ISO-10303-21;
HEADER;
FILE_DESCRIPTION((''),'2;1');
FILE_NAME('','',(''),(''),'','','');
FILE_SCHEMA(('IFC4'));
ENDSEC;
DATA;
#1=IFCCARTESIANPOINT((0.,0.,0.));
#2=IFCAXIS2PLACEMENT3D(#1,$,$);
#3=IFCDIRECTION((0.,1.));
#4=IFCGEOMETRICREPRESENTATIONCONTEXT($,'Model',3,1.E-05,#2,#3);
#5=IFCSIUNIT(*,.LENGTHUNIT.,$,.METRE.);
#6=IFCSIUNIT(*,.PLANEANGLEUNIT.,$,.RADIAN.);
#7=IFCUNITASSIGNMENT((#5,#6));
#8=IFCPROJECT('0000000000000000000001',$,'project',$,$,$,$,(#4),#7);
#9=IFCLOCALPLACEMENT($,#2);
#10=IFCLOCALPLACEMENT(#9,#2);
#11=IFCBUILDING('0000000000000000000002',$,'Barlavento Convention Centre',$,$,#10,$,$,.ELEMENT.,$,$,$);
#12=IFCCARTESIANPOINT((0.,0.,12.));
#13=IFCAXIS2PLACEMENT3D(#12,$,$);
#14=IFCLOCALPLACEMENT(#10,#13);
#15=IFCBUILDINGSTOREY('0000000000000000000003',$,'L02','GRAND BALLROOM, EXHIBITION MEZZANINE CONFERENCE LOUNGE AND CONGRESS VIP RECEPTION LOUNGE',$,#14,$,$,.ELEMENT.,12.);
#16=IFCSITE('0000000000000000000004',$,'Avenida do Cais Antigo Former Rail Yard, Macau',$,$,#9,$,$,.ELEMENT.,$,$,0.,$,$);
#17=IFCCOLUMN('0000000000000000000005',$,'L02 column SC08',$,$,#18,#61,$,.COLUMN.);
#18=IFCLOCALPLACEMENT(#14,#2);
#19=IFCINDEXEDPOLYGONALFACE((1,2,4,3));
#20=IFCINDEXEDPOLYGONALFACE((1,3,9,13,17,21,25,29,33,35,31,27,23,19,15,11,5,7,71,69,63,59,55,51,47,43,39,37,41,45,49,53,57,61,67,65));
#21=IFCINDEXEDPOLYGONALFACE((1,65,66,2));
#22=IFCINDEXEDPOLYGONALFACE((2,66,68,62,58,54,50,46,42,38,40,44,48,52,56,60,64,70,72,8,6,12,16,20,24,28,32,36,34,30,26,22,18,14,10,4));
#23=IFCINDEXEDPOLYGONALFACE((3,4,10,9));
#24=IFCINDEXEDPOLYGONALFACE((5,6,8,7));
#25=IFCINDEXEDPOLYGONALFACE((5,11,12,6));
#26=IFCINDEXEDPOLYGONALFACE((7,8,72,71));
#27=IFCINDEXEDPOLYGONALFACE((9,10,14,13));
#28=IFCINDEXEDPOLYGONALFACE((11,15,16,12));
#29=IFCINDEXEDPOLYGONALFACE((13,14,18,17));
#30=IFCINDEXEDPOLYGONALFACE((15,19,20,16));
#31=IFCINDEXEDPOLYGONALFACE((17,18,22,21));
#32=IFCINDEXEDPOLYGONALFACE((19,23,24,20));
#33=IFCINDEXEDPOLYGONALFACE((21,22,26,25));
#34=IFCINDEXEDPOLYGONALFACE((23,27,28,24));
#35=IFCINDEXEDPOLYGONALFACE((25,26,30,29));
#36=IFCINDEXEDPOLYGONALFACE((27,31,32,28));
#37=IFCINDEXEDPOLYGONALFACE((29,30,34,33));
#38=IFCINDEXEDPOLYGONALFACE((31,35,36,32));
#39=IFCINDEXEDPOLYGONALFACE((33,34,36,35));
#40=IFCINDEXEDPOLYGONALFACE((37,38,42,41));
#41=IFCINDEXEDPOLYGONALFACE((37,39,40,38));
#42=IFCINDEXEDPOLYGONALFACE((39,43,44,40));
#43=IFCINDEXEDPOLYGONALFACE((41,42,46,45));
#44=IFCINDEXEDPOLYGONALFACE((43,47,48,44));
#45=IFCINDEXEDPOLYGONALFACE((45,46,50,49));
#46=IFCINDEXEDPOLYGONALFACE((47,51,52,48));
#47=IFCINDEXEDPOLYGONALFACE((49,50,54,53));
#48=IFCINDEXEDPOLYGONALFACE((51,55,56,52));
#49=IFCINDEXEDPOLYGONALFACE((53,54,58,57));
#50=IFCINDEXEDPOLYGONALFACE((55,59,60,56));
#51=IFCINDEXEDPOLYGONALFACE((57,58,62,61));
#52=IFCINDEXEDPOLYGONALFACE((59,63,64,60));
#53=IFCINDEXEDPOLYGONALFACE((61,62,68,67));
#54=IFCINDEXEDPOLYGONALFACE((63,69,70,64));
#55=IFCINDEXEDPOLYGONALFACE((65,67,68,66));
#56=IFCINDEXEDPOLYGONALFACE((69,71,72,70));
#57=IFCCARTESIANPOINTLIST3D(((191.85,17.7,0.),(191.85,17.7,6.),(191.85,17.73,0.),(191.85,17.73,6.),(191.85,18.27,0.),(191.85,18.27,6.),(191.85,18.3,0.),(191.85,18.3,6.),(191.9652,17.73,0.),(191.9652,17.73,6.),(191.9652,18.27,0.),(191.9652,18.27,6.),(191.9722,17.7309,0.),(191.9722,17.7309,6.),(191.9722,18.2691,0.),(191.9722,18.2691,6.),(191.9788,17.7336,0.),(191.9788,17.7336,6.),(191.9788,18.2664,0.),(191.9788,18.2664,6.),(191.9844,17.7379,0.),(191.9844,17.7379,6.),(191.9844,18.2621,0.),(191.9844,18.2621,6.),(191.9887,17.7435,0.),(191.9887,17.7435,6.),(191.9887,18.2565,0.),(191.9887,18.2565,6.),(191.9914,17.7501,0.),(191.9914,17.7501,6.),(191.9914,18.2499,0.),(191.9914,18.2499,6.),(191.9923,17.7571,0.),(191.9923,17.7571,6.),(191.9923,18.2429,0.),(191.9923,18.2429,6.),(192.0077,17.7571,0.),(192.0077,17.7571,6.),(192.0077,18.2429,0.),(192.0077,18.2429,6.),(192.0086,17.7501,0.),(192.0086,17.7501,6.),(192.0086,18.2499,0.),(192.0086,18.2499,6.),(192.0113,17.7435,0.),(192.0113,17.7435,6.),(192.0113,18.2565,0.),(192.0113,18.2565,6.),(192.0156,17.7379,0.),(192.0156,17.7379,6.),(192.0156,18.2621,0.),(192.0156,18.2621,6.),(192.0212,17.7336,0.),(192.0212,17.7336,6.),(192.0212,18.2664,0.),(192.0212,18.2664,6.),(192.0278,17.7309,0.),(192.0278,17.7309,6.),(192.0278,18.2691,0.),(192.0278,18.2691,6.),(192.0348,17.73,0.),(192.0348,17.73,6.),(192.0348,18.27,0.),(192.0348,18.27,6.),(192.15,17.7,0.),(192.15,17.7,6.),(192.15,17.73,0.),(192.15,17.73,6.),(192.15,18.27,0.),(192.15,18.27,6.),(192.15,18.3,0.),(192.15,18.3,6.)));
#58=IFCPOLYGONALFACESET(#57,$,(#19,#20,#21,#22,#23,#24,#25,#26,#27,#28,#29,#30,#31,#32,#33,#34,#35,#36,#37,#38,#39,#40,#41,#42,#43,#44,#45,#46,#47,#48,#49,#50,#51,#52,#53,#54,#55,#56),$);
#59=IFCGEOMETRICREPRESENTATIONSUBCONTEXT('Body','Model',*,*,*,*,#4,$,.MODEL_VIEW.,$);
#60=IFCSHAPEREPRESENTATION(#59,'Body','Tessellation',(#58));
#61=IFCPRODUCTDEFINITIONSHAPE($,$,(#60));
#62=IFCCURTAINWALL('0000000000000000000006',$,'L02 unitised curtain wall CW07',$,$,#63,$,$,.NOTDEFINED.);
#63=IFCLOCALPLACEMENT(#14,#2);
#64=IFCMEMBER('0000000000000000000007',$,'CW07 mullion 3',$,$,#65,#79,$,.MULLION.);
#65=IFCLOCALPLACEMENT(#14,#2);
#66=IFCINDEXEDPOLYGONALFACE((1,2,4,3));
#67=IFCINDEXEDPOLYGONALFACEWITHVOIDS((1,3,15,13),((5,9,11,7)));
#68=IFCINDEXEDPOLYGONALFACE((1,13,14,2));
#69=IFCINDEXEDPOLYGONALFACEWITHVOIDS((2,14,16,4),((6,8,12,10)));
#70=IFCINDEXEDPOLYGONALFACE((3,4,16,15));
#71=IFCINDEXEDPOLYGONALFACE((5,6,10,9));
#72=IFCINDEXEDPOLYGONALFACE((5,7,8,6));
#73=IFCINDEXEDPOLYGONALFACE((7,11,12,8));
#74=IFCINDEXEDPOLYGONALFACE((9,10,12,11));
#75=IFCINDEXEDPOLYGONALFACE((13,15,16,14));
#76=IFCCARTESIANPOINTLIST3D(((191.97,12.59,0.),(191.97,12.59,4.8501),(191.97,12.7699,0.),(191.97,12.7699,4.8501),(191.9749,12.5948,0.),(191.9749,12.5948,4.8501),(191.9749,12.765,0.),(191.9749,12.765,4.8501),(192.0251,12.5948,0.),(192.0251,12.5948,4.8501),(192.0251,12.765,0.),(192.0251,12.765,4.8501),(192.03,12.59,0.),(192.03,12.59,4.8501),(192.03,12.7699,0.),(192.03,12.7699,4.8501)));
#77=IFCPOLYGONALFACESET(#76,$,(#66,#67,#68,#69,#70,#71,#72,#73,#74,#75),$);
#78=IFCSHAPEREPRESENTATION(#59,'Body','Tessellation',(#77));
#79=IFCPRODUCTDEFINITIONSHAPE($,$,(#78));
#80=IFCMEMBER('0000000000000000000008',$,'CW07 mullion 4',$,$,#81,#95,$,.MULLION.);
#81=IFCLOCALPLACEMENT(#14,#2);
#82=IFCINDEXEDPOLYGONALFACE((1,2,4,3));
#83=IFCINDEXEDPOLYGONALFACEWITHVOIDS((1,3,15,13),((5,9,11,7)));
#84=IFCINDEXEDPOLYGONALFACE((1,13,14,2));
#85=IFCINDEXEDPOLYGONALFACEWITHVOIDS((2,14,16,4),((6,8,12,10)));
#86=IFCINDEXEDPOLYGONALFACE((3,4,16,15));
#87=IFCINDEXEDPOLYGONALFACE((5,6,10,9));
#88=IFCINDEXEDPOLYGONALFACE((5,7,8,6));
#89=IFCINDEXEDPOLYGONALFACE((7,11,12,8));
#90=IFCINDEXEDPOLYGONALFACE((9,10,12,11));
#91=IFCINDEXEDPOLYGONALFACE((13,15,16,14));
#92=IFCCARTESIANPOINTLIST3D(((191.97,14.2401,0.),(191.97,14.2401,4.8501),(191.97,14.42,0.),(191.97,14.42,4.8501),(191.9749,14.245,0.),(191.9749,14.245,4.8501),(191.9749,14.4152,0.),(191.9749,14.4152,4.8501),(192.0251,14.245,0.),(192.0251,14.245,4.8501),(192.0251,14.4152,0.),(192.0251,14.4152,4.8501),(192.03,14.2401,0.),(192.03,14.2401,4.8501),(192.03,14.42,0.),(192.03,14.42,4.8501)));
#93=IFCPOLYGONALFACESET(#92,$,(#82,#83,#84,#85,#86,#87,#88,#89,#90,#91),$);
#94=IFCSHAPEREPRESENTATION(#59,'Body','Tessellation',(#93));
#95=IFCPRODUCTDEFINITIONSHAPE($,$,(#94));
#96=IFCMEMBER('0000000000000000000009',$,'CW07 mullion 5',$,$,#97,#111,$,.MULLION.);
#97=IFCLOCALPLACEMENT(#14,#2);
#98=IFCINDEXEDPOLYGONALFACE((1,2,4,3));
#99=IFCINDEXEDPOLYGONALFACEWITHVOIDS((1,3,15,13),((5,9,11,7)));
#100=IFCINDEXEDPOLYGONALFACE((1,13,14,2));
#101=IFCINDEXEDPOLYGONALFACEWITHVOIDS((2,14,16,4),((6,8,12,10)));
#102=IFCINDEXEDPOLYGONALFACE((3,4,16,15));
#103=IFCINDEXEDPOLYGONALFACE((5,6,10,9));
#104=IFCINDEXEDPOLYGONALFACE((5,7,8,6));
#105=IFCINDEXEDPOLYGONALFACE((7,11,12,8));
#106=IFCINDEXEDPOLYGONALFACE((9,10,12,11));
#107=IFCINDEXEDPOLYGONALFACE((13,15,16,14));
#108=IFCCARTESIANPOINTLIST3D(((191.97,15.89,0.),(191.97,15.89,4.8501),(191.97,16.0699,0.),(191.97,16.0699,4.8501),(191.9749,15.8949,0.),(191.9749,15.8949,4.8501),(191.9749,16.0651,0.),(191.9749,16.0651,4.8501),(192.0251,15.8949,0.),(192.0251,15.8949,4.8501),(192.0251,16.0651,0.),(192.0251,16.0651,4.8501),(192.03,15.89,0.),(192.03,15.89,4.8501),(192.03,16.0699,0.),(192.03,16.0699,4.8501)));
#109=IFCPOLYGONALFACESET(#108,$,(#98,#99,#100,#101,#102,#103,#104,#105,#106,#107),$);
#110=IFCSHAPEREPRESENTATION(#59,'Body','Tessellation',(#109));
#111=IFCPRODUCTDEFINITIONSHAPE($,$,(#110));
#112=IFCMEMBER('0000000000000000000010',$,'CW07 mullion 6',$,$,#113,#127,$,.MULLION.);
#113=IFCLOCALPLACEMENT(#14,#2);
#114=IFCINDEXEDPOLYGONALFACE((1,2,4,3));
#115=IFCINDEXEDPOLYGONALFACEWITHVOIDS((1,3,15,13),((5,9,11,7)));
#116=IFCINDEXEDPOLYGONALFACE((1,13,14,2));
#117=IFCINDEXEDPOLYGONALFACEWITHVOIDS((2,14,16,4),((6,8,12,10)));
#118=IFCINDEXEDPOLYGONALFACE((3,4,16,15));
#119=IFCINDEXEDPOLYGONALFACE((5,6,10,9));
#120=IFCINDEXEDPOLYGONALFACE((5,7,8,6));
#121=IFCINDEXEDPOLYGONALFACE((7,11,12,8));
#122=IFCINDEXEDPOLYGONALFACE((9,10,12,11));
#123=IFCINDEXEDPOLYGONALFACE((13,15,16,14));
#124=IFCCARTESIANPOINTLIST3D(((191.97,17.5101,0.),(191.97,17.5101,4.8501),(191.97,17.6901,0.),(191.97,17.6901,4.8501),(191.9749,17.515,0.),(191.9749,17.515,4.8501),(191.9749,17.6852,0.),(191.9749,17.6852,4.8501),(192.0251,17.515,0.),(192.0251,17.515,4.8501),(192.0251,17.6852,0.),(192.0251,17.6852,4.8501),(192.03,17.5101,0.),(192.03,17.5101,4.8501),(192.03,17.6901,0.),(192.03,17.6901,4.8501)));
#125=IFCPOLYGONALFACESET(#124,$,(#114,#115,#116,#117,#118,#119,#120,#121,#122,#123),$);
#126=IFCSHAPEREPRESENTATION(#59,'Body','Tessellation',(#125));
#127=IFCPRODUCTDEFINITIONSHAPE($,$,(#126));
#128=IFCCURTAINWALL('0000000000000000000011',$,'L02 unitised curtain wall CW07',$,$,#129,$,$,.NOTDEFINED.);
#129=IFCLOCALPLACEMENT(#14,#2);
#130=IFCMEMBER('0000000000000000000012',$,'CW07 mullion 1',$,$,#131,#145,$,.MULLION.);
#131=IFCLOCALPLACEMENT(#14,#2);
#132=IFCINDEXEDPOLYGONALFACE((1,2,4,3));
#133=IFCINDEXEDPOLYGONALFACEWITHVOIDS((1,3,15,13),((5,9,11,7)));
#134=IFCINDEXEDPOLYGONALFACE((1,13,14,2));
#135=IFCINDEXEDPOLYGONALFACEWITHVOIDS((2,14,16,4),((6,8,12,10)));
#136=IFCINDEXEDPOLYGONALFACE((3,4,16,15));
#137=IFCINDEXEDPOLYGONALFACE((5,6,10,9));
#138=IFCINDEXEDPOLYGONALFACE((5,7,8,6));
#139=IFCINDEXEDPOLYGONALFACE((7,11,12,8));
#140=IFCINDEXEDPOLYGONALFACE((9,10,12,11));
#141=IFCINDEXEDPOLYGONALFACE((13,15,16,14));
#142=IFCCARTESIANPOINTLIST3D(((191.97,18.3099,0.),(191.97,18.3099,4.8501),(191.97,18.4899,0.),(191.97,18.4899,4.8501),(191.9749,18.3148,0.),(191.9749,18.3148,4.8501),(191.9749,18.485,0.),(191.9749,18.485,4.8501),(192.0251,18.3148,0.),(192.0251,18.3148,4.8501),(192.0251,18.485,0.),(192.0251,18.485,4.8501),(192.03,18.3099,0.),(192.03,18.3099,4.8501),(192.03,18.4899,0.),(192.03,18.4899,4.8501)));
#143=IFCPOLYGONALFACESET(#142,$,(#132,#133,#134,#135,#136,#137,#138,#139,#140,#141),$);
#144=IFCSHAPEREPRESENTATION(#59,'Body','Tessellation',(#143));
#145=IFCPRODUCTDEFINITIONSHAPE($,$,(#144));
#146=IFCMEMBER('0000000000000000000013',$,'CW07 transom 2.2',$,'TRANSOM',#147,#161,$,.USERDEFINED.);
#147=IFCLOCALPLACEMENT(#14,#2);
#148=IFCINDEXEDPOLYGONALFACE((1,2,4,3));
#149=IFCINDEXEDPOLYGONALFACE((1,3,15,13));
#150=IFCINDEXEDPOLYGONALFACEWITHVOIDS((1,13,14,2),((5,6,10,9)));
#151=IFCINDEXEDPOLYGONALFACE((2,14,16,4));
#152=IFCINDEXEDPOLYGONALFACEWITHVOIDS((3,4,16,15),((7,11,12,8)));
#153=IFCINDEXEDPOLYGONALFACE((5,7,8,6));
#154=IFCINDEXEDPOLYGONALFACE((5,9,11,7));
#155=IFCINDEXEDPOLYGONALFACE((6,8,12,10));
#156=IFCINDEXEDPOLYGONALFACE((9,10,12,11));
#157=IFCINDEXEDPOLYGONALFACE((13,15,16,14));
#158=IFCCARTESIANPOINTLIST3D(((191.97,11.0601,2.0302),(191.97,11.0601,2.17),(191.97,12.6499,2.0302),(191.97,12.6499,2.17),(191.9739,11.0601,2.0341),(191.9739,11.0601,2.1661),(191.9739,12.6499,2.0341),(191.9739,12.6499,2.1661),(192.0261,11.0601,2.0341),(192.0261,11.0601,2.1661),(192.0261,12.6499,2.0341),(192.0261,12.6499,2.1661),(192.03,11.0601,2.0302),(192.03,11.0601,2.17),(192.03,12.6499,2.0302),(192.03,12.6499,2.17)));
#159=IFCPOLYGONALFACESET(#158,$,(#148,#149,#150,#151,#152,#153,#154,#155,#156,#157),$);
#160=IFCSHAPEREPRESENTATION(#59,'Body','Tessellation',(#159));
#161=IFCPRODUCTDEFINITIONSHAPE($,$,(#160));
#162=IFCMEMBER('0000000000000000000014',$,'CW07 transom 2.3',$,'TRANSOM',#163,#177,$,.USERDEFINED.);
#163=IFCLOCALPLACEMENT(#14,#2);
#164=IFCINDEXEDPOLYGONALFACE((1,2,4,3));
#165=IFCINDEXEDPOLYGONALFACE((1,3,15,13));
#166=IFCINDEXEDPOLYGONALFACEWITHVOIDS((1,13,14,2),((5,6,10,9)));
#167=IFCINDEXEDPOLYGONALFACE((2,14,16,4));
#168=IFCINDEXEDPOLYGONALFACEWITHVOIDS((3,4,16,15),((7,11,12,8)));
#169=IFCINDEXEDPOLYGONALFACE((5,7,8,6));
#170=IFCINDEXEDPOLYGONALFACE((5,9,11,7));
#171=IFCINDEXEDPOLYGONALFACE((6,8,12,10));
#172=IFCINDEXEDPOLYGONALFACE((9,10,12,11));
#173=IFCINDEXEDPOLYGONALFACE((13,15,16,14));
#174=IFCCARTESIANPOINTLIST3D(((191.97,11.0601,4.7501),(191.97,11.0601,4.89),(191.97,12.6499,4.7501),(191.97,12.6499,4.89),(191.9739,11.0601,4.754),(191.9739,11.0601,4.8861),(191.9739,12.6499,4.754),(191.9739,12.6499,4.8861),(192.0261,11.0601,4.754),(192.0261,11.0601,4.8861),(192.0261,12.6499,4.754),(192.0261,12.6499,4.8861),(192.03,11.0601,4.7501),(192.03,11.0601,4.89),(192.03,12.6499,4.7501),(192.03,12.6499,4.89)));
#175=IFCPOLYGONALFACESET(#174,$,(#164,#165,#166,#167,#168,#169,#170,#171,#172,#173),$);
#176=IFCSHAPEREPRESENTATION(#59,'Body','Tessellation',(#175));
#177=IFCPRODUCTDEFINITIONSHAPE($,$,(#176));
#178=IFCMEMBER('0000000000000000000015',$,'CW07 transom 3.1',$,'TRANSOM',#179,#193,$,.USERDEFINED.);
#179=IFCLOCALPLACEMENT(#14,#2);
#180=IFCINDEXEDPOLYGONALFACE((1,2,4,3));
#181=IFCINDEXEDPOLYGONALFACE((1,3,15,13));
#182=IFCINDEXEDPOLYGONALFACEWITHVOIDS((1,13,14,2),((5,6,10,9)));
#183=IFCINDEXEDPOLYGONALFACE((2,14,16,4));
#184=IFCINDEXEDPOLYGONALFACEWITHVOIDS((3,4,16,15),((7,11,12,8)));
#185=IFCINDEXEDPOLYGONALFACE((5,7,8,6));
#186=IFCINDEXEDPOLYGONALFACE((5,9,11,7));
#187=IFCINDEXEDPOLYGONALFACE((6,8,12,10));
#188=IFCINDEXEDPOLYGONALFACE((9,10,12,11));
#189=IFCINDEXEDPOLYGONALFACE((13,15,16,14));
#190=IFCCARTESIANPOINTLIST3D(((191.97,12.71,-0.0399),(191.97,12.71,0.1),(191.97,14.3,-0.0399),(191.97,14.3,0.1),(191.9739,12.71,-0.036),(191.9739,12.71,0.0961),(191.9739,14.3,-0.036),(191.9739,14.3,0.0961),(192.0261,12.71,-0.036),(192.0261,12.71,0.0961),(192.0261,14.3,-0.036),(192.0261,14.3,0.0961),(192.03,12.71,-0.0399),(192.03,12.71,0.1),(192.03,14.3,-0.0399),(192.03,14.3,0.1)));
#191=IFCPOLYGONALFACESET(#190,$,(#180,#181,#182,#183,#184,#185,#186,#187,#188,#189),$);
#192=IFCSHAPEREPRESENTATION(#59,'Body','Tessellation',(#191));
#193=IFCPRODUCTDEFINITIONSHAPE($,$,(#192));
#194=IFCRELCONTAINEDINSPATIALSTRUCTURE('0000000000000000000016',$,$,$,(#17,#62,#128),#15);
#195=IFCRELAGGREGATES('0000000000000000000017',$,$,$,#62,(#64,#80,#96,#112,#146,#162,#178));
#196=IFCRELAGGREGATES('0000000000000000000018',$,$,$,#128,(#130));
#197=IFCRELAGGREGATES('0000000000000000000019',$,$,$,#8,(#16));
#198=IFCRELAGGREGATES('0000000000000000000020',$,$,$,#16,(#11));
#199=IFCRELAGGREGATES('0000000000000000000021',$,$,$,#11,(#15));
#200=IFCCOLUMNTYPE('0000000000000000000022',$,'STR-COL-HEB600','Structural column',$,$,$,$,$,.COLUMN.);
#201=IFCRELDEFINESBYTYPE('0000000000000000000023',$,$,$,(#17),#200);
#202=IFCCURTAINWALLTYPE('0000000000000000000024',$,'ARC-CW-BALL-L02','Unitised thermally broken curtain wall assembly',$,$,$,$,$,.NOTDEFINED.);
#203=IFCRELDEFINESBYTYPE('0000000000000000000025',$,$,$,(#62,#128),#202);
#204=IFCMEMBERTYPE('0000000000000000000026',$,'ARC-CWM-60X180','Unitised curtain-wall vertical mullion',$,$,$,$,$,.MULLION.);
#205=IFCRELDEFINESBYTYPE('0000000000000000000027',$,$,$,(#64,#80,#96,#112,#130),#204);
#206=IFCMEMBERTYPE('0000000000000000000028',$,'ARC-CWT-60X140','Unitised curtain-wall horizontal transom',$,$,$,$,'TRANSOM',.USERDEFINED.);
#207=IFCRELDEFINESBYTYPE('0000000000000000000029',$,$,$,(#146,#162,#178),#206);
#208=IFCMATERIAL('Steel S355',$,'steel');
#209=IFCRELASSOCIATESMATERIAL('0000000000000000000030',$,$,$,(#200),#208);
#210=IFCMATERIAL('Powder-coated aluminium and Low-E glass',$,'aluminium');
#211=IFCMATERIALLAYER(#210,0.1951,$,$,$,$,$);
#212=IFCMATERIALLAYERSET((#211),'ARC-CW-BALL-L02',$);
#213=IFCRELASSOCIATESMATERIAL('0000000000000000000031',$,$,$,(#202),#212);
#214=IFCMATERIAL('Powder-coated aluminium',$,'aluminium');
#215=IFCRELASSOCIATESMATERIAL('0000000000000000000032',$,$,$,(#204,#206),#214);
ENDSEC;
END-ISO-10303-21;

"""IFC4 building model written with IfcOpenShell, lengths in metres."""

from ifc_helpers import new_model, si_unit, direction, frame, origin, origin_2d, place, context, subcontext, project, spatial, hollow_rectangle, i_section, extrude, material, layer, layer_set, material_profile, profile_set, type_object, element, aggregate, save


model = new_model("IFC4")

# Units and contexts
model_context = context("Model", 3, precision=1e-05, world=origin(), true_north=direction((0.0, 1.0)))
body_context = subcontext(model_context, "Body", "Model", "MODEL_VIEW")
ifc_project = project(units=[si_unit("LENGTHUNIT", "METRE"), si_unit("PLANEANGLEUNIT", "RADIAN")], contexts=[model_context])

# Site, building, storey
site_placement = place(None, origin())
site = spatial("IfcSite", under=ifc_project, at=site_placement, Name="Avenida do Cais Antigo Former Rail Yard, Macau", CompositionType="ELEMENT", RefElevation=0.0)
building_placement = place(site_placement, origin())
building = spatial("IfcBuilding", under=site, at=building_placement, Name="Barlavento Convention Centre", CompositionType="ELEMENT")
storey_placement = place(building_placement, frame((0.0, 0.0, 12.0)))
storey = spatial("IfcBuildingStorey", under=building, at=storey_placement, Name="L02", Description="GRAND BALLROOM, EXHIBITION MEZZANINE CONFERENCE LOUNGE AND CONGRESS VIP RECEPTION LOUNGE", CompositionType="ELEMENT", Elevation=12.0)

# Column
ifc_material_1 = material(Name="Steel S355", Category="steel")
ifc_material_profile_1 = material_profile(ifc_material_1, i_section(OverallWidth=0.3, OverallDepth=0.6001, WebThickness=0.0154, FlangeThickness=0.03, FilletRadius=0.0271, at=origin_2d()), Name="HEB 600")
ifc_profile_set_1 = profile_set([ifc_material_profile_1], Name="Steel S355")
column_type = type_object("IfcColumnType", Name="STR-COL-HEB600", Description="Structural column", PredefinedType="COLUMN", material=ifc_profile_set_1)
column_placement = place(storey_placement, frame((192.0, 18.0, 0.0), z_axis=(0.0, 0.0, 1.0), x_axis=(1.0, 0.0, 0.0)))
element("IfcColumn", 1, at=column_placement, inside=storey, type_object=column_type, Name="L02 column SC08", PredefinedType="COLUMN", context=body_context, shape_type="SweptSolid", body=[
    extrude(i_section(OverallWidth=0.3, OverallDepth=0.6001, WebThickness=0.0154, FlangeThickness=0.03, FilletRadius=0.0271, at=origin_2d()), origin(), (0.0, 0.0, 1.0), 6.0),
])

# Curtain wall, members
ifc_material_2 = material(Name="Powder-coated aluminium and Low-E glass", Category="aluminium")
ifc_layer_1 = layer(ifc_material_2, 0.1951)
ifc_layer_set_1 = layer_set([ifc_layer_1], Name="ARC-CW-BALL-L02")
curtain_wall_type = type_object("IfcCurtainWallType", Name="ARC-CW-BALL-L02", Description="Unitised thermally broken curtain wall assembly", PredefinedType="NOTDEFINED", material=ifc_layer_set_1)
curtain_wall_1_placement = place(storey_placement, origin())
curtain_wall_1 = element("IfcCurtainWall", 2, at=curtain_wall_1_placement, inside=storey, type_object=curtain_wall_type, Name="L02 unitised curtain wall CW07", PredefinedType="NOTDEFINED")
ifc_material_3 = material(Name="Powder-coated aluminium", Category="aluminium")
ifc_material_profile_2 = material_profile(ifc_material_3, hollow_rectangle(XDim=0.0601, YDim=0.1799, WallThickness=0.0049, at=origin_2d()), Name="AL-MULL 60x180x5")
ifc_profile_set_2 = profile_set([ifc_material_profile_2], Name="Powder-coated aluminium")
member_type_1 = type_object("IfcMemberType", Name="ARC-CWM-60X180", Description="Unitised curtain-wall vertical mullion", PredefinedType="MULLION", material=ifc_profile_set_2)
member_1_placement = place(storey_placement, frame((192.0, 12.6799, 0.0), z_axis=(0.0, 0.0, 1.0), x_axis=(-1.0, 0.0, 0.0)))
member_1 = element("IfcMember", 3, at=member_1_placement, type_object=member_type_1, Name="CW07 mullion 3", PredefinedType="MULLION", context=body_context, shape_type="SweptSolid", body=[
    extrude(hollow_rectangle(XDim=0.0601, YDim=0.1799, WallThickness=0.0049, at=origin_2d()), origin(), (0.0, 0.0, 1.0), 4.8501),
])
member_2_placement = place(storey_placement, frame((192.0, 14.3301, 0.0), z_axis=(0.0, 0.0, 1.0), x_axis=(-1.0, 0.0, 0.0)))
member_2 = element("IfcMember", 4, at=member_2_placement, type_object=member_type_1, Name="CW07 mullion 4", PredefinedType="MULLION", context=body_context, shape_type="SweptSolid", body=[
    extrude(hollow_rectangle(XDim=0.0601, YDim=0.1799, WallThickness=0.0049, at=origin_2d()), origin(), (0.0, 0.0, 1.0), 4.8501),
])
member_3_placement = place(storey_placement, frame((192.0, 15.98, 0.0), z_axis=(0.0, 0.0, 1.0), x_axis=(-1.0, 0.0, 0.0)))
member_3 = element("IfcMember", 5, at=member_3_placement, type_object=member_type_1, Name="CW07 mullion 5", PredefinedType="MULLION", context=body_context, shape_type="SweptSolid", body=[
    extrude(hollow_rectangle(XDim=0.0601, YDim=0.1799, WallThickness=0.0049, at=origin_2d()), origin(), (0.0, 0.0, 1.0), 4.8501),
])
member_4_placement = place(storey_placement, frame((192.0, 17.6001, 0.0), z_axis=(0.0, 0.0, 1.0), x_axis=(-1.0, 0.0, 0.0)))
member_4 = element("IfcMember", 6, at=member_4_placement, type_object=member_type_1, Name="CW07 mullion 6", PredefinedType="MULLION", context=body_context, shape_type="SweptSolid", body=[
    extrude(hollow_rectangle(XDim=0.0601, YDim=0.1799, WallThickness=0.0049, at=origin_2d()), origin(), (0.0, 0.0, 1.0), 4.8501),
])

# Curtain wall, member
curtain_wall_2_placement = place(storey_placement, origin())
curtain_wall_2 = element("IfcCurtainWall", 7, at=curtain_wall_2_placement, inside=storey, type_object=curtain_wall_type, Name="L02 unitised curtain wall CW07", PredefinedType="NOTDEFINED")
member_5_placement = place(storey_placement, frame((192.0, 18.3999, 0.0), z_axis=(0.0, 0.0, 1.0), x_axis=(-1.0, 0.0, 0.0)))
member_5 = element("IfcMember", 8, at=member_5_placement, type_object=member_type_1, Name="CW07 mullion 1", PredefinedType="MULLION", context=body_context, shape_type="SweptSolid", body=[
    extrude(hollow_rectangle(XDim=0.0601, YDim=0.1799, WallThickness=0.0049, at=origin_2d()), origin(), (0.0, 0.0, 1.0), 4.8501),
])

# Members
ifc_material_profile_3 = material_profile(ifc_material_3, hollow_rectangle(XDim=0.0601, YDim=0.1399, WallThickness=0.0039, at=origin_2d()), Name="AL-TRAN 60x140x4")
ifc_profile_set_3 = profile_set([ifc_material_profile_3], Name="Powder-coated aluminium")
member_type_2 = type_object("IfcMemberType", Name="ARC-CWT-60X140", Description="Unitised curtain-wall horizontal transom", ElementType="TRANSOM", PredefinedType="USERDEFINED", material=ifc_profile_set_3)
member_6_placement = place(storey_placement, frame((192.0, 11.0601, 2.1001), z_axis=(0.0, 1.0, 0.0), x_axis=(-1.0, 0.0, 0.0)))
member_6 = element("IfcMember", 9, at=member_6_placement, type_object=member_type_2, Name="CW07 transom 2.2", ObjectType="TRANSOM", PredefinedType="USERDEFINED", context=body_context, shape_type="SweptSolid", body=[
    extrude(hollow_rectangle(XDim=0.0601, YDim=0.1399, WallThickness=0.0039, at=origin_2d()), origin(), (0.0, 0.0, 1.0), 1.5898),
])
member_7_placement = place(storey_placement, frame((192.0, 11.0601, 4.8201), z_axis=(0.0, 1.0, 0.0), x_axis=(-1.0, 0.0, 0.0)))
member_7 = element("IfcMember", 10, at=member_7_placement, type_object=member_type_2, Name="CW07 transom 2.3", ObjectType="TRANSOM", PredefinedType="USERDEFINED", context=body_context, shape_type="SweptSolid", body=[
    extrude(hollow_rectangle(XDim=0.0601, YDim=0.1399, WallThickness=0.0039, at=origin_2d()), origin(), (0.0, 0.0, 1.0), 1.5898),
])
member_8_placement = place(storey_placement, frame((192.0, 12.71, 0.03), z_axis=(0.0, 1.0, 0.0), x_axis=(-1.0, 0.0, 0.0)))
member_8 = element("IfcMember", 11, at=member_8_placement, type_object=member_type_2, Name="CW07 transom 3.1", ObjectType="TRANSOM", PredefinedType="USERDEFINED", context=body_context, shape_type="SweptSolid", body=[
    extrude(hollow_rectangle(XDim=0.0601, YDim=0.1399, WallThickness=0.0039, at=origin_2d()), origin(), (0.0, 0.0, 1.0), 1.5901),
])

aggregate(curtain_wall_1, [member_1, member_2, member_3, member_4, member_6, member_7, member_8])
aggregate(curtain_wall_2, [member_5])

save(model, "model.ifc")
